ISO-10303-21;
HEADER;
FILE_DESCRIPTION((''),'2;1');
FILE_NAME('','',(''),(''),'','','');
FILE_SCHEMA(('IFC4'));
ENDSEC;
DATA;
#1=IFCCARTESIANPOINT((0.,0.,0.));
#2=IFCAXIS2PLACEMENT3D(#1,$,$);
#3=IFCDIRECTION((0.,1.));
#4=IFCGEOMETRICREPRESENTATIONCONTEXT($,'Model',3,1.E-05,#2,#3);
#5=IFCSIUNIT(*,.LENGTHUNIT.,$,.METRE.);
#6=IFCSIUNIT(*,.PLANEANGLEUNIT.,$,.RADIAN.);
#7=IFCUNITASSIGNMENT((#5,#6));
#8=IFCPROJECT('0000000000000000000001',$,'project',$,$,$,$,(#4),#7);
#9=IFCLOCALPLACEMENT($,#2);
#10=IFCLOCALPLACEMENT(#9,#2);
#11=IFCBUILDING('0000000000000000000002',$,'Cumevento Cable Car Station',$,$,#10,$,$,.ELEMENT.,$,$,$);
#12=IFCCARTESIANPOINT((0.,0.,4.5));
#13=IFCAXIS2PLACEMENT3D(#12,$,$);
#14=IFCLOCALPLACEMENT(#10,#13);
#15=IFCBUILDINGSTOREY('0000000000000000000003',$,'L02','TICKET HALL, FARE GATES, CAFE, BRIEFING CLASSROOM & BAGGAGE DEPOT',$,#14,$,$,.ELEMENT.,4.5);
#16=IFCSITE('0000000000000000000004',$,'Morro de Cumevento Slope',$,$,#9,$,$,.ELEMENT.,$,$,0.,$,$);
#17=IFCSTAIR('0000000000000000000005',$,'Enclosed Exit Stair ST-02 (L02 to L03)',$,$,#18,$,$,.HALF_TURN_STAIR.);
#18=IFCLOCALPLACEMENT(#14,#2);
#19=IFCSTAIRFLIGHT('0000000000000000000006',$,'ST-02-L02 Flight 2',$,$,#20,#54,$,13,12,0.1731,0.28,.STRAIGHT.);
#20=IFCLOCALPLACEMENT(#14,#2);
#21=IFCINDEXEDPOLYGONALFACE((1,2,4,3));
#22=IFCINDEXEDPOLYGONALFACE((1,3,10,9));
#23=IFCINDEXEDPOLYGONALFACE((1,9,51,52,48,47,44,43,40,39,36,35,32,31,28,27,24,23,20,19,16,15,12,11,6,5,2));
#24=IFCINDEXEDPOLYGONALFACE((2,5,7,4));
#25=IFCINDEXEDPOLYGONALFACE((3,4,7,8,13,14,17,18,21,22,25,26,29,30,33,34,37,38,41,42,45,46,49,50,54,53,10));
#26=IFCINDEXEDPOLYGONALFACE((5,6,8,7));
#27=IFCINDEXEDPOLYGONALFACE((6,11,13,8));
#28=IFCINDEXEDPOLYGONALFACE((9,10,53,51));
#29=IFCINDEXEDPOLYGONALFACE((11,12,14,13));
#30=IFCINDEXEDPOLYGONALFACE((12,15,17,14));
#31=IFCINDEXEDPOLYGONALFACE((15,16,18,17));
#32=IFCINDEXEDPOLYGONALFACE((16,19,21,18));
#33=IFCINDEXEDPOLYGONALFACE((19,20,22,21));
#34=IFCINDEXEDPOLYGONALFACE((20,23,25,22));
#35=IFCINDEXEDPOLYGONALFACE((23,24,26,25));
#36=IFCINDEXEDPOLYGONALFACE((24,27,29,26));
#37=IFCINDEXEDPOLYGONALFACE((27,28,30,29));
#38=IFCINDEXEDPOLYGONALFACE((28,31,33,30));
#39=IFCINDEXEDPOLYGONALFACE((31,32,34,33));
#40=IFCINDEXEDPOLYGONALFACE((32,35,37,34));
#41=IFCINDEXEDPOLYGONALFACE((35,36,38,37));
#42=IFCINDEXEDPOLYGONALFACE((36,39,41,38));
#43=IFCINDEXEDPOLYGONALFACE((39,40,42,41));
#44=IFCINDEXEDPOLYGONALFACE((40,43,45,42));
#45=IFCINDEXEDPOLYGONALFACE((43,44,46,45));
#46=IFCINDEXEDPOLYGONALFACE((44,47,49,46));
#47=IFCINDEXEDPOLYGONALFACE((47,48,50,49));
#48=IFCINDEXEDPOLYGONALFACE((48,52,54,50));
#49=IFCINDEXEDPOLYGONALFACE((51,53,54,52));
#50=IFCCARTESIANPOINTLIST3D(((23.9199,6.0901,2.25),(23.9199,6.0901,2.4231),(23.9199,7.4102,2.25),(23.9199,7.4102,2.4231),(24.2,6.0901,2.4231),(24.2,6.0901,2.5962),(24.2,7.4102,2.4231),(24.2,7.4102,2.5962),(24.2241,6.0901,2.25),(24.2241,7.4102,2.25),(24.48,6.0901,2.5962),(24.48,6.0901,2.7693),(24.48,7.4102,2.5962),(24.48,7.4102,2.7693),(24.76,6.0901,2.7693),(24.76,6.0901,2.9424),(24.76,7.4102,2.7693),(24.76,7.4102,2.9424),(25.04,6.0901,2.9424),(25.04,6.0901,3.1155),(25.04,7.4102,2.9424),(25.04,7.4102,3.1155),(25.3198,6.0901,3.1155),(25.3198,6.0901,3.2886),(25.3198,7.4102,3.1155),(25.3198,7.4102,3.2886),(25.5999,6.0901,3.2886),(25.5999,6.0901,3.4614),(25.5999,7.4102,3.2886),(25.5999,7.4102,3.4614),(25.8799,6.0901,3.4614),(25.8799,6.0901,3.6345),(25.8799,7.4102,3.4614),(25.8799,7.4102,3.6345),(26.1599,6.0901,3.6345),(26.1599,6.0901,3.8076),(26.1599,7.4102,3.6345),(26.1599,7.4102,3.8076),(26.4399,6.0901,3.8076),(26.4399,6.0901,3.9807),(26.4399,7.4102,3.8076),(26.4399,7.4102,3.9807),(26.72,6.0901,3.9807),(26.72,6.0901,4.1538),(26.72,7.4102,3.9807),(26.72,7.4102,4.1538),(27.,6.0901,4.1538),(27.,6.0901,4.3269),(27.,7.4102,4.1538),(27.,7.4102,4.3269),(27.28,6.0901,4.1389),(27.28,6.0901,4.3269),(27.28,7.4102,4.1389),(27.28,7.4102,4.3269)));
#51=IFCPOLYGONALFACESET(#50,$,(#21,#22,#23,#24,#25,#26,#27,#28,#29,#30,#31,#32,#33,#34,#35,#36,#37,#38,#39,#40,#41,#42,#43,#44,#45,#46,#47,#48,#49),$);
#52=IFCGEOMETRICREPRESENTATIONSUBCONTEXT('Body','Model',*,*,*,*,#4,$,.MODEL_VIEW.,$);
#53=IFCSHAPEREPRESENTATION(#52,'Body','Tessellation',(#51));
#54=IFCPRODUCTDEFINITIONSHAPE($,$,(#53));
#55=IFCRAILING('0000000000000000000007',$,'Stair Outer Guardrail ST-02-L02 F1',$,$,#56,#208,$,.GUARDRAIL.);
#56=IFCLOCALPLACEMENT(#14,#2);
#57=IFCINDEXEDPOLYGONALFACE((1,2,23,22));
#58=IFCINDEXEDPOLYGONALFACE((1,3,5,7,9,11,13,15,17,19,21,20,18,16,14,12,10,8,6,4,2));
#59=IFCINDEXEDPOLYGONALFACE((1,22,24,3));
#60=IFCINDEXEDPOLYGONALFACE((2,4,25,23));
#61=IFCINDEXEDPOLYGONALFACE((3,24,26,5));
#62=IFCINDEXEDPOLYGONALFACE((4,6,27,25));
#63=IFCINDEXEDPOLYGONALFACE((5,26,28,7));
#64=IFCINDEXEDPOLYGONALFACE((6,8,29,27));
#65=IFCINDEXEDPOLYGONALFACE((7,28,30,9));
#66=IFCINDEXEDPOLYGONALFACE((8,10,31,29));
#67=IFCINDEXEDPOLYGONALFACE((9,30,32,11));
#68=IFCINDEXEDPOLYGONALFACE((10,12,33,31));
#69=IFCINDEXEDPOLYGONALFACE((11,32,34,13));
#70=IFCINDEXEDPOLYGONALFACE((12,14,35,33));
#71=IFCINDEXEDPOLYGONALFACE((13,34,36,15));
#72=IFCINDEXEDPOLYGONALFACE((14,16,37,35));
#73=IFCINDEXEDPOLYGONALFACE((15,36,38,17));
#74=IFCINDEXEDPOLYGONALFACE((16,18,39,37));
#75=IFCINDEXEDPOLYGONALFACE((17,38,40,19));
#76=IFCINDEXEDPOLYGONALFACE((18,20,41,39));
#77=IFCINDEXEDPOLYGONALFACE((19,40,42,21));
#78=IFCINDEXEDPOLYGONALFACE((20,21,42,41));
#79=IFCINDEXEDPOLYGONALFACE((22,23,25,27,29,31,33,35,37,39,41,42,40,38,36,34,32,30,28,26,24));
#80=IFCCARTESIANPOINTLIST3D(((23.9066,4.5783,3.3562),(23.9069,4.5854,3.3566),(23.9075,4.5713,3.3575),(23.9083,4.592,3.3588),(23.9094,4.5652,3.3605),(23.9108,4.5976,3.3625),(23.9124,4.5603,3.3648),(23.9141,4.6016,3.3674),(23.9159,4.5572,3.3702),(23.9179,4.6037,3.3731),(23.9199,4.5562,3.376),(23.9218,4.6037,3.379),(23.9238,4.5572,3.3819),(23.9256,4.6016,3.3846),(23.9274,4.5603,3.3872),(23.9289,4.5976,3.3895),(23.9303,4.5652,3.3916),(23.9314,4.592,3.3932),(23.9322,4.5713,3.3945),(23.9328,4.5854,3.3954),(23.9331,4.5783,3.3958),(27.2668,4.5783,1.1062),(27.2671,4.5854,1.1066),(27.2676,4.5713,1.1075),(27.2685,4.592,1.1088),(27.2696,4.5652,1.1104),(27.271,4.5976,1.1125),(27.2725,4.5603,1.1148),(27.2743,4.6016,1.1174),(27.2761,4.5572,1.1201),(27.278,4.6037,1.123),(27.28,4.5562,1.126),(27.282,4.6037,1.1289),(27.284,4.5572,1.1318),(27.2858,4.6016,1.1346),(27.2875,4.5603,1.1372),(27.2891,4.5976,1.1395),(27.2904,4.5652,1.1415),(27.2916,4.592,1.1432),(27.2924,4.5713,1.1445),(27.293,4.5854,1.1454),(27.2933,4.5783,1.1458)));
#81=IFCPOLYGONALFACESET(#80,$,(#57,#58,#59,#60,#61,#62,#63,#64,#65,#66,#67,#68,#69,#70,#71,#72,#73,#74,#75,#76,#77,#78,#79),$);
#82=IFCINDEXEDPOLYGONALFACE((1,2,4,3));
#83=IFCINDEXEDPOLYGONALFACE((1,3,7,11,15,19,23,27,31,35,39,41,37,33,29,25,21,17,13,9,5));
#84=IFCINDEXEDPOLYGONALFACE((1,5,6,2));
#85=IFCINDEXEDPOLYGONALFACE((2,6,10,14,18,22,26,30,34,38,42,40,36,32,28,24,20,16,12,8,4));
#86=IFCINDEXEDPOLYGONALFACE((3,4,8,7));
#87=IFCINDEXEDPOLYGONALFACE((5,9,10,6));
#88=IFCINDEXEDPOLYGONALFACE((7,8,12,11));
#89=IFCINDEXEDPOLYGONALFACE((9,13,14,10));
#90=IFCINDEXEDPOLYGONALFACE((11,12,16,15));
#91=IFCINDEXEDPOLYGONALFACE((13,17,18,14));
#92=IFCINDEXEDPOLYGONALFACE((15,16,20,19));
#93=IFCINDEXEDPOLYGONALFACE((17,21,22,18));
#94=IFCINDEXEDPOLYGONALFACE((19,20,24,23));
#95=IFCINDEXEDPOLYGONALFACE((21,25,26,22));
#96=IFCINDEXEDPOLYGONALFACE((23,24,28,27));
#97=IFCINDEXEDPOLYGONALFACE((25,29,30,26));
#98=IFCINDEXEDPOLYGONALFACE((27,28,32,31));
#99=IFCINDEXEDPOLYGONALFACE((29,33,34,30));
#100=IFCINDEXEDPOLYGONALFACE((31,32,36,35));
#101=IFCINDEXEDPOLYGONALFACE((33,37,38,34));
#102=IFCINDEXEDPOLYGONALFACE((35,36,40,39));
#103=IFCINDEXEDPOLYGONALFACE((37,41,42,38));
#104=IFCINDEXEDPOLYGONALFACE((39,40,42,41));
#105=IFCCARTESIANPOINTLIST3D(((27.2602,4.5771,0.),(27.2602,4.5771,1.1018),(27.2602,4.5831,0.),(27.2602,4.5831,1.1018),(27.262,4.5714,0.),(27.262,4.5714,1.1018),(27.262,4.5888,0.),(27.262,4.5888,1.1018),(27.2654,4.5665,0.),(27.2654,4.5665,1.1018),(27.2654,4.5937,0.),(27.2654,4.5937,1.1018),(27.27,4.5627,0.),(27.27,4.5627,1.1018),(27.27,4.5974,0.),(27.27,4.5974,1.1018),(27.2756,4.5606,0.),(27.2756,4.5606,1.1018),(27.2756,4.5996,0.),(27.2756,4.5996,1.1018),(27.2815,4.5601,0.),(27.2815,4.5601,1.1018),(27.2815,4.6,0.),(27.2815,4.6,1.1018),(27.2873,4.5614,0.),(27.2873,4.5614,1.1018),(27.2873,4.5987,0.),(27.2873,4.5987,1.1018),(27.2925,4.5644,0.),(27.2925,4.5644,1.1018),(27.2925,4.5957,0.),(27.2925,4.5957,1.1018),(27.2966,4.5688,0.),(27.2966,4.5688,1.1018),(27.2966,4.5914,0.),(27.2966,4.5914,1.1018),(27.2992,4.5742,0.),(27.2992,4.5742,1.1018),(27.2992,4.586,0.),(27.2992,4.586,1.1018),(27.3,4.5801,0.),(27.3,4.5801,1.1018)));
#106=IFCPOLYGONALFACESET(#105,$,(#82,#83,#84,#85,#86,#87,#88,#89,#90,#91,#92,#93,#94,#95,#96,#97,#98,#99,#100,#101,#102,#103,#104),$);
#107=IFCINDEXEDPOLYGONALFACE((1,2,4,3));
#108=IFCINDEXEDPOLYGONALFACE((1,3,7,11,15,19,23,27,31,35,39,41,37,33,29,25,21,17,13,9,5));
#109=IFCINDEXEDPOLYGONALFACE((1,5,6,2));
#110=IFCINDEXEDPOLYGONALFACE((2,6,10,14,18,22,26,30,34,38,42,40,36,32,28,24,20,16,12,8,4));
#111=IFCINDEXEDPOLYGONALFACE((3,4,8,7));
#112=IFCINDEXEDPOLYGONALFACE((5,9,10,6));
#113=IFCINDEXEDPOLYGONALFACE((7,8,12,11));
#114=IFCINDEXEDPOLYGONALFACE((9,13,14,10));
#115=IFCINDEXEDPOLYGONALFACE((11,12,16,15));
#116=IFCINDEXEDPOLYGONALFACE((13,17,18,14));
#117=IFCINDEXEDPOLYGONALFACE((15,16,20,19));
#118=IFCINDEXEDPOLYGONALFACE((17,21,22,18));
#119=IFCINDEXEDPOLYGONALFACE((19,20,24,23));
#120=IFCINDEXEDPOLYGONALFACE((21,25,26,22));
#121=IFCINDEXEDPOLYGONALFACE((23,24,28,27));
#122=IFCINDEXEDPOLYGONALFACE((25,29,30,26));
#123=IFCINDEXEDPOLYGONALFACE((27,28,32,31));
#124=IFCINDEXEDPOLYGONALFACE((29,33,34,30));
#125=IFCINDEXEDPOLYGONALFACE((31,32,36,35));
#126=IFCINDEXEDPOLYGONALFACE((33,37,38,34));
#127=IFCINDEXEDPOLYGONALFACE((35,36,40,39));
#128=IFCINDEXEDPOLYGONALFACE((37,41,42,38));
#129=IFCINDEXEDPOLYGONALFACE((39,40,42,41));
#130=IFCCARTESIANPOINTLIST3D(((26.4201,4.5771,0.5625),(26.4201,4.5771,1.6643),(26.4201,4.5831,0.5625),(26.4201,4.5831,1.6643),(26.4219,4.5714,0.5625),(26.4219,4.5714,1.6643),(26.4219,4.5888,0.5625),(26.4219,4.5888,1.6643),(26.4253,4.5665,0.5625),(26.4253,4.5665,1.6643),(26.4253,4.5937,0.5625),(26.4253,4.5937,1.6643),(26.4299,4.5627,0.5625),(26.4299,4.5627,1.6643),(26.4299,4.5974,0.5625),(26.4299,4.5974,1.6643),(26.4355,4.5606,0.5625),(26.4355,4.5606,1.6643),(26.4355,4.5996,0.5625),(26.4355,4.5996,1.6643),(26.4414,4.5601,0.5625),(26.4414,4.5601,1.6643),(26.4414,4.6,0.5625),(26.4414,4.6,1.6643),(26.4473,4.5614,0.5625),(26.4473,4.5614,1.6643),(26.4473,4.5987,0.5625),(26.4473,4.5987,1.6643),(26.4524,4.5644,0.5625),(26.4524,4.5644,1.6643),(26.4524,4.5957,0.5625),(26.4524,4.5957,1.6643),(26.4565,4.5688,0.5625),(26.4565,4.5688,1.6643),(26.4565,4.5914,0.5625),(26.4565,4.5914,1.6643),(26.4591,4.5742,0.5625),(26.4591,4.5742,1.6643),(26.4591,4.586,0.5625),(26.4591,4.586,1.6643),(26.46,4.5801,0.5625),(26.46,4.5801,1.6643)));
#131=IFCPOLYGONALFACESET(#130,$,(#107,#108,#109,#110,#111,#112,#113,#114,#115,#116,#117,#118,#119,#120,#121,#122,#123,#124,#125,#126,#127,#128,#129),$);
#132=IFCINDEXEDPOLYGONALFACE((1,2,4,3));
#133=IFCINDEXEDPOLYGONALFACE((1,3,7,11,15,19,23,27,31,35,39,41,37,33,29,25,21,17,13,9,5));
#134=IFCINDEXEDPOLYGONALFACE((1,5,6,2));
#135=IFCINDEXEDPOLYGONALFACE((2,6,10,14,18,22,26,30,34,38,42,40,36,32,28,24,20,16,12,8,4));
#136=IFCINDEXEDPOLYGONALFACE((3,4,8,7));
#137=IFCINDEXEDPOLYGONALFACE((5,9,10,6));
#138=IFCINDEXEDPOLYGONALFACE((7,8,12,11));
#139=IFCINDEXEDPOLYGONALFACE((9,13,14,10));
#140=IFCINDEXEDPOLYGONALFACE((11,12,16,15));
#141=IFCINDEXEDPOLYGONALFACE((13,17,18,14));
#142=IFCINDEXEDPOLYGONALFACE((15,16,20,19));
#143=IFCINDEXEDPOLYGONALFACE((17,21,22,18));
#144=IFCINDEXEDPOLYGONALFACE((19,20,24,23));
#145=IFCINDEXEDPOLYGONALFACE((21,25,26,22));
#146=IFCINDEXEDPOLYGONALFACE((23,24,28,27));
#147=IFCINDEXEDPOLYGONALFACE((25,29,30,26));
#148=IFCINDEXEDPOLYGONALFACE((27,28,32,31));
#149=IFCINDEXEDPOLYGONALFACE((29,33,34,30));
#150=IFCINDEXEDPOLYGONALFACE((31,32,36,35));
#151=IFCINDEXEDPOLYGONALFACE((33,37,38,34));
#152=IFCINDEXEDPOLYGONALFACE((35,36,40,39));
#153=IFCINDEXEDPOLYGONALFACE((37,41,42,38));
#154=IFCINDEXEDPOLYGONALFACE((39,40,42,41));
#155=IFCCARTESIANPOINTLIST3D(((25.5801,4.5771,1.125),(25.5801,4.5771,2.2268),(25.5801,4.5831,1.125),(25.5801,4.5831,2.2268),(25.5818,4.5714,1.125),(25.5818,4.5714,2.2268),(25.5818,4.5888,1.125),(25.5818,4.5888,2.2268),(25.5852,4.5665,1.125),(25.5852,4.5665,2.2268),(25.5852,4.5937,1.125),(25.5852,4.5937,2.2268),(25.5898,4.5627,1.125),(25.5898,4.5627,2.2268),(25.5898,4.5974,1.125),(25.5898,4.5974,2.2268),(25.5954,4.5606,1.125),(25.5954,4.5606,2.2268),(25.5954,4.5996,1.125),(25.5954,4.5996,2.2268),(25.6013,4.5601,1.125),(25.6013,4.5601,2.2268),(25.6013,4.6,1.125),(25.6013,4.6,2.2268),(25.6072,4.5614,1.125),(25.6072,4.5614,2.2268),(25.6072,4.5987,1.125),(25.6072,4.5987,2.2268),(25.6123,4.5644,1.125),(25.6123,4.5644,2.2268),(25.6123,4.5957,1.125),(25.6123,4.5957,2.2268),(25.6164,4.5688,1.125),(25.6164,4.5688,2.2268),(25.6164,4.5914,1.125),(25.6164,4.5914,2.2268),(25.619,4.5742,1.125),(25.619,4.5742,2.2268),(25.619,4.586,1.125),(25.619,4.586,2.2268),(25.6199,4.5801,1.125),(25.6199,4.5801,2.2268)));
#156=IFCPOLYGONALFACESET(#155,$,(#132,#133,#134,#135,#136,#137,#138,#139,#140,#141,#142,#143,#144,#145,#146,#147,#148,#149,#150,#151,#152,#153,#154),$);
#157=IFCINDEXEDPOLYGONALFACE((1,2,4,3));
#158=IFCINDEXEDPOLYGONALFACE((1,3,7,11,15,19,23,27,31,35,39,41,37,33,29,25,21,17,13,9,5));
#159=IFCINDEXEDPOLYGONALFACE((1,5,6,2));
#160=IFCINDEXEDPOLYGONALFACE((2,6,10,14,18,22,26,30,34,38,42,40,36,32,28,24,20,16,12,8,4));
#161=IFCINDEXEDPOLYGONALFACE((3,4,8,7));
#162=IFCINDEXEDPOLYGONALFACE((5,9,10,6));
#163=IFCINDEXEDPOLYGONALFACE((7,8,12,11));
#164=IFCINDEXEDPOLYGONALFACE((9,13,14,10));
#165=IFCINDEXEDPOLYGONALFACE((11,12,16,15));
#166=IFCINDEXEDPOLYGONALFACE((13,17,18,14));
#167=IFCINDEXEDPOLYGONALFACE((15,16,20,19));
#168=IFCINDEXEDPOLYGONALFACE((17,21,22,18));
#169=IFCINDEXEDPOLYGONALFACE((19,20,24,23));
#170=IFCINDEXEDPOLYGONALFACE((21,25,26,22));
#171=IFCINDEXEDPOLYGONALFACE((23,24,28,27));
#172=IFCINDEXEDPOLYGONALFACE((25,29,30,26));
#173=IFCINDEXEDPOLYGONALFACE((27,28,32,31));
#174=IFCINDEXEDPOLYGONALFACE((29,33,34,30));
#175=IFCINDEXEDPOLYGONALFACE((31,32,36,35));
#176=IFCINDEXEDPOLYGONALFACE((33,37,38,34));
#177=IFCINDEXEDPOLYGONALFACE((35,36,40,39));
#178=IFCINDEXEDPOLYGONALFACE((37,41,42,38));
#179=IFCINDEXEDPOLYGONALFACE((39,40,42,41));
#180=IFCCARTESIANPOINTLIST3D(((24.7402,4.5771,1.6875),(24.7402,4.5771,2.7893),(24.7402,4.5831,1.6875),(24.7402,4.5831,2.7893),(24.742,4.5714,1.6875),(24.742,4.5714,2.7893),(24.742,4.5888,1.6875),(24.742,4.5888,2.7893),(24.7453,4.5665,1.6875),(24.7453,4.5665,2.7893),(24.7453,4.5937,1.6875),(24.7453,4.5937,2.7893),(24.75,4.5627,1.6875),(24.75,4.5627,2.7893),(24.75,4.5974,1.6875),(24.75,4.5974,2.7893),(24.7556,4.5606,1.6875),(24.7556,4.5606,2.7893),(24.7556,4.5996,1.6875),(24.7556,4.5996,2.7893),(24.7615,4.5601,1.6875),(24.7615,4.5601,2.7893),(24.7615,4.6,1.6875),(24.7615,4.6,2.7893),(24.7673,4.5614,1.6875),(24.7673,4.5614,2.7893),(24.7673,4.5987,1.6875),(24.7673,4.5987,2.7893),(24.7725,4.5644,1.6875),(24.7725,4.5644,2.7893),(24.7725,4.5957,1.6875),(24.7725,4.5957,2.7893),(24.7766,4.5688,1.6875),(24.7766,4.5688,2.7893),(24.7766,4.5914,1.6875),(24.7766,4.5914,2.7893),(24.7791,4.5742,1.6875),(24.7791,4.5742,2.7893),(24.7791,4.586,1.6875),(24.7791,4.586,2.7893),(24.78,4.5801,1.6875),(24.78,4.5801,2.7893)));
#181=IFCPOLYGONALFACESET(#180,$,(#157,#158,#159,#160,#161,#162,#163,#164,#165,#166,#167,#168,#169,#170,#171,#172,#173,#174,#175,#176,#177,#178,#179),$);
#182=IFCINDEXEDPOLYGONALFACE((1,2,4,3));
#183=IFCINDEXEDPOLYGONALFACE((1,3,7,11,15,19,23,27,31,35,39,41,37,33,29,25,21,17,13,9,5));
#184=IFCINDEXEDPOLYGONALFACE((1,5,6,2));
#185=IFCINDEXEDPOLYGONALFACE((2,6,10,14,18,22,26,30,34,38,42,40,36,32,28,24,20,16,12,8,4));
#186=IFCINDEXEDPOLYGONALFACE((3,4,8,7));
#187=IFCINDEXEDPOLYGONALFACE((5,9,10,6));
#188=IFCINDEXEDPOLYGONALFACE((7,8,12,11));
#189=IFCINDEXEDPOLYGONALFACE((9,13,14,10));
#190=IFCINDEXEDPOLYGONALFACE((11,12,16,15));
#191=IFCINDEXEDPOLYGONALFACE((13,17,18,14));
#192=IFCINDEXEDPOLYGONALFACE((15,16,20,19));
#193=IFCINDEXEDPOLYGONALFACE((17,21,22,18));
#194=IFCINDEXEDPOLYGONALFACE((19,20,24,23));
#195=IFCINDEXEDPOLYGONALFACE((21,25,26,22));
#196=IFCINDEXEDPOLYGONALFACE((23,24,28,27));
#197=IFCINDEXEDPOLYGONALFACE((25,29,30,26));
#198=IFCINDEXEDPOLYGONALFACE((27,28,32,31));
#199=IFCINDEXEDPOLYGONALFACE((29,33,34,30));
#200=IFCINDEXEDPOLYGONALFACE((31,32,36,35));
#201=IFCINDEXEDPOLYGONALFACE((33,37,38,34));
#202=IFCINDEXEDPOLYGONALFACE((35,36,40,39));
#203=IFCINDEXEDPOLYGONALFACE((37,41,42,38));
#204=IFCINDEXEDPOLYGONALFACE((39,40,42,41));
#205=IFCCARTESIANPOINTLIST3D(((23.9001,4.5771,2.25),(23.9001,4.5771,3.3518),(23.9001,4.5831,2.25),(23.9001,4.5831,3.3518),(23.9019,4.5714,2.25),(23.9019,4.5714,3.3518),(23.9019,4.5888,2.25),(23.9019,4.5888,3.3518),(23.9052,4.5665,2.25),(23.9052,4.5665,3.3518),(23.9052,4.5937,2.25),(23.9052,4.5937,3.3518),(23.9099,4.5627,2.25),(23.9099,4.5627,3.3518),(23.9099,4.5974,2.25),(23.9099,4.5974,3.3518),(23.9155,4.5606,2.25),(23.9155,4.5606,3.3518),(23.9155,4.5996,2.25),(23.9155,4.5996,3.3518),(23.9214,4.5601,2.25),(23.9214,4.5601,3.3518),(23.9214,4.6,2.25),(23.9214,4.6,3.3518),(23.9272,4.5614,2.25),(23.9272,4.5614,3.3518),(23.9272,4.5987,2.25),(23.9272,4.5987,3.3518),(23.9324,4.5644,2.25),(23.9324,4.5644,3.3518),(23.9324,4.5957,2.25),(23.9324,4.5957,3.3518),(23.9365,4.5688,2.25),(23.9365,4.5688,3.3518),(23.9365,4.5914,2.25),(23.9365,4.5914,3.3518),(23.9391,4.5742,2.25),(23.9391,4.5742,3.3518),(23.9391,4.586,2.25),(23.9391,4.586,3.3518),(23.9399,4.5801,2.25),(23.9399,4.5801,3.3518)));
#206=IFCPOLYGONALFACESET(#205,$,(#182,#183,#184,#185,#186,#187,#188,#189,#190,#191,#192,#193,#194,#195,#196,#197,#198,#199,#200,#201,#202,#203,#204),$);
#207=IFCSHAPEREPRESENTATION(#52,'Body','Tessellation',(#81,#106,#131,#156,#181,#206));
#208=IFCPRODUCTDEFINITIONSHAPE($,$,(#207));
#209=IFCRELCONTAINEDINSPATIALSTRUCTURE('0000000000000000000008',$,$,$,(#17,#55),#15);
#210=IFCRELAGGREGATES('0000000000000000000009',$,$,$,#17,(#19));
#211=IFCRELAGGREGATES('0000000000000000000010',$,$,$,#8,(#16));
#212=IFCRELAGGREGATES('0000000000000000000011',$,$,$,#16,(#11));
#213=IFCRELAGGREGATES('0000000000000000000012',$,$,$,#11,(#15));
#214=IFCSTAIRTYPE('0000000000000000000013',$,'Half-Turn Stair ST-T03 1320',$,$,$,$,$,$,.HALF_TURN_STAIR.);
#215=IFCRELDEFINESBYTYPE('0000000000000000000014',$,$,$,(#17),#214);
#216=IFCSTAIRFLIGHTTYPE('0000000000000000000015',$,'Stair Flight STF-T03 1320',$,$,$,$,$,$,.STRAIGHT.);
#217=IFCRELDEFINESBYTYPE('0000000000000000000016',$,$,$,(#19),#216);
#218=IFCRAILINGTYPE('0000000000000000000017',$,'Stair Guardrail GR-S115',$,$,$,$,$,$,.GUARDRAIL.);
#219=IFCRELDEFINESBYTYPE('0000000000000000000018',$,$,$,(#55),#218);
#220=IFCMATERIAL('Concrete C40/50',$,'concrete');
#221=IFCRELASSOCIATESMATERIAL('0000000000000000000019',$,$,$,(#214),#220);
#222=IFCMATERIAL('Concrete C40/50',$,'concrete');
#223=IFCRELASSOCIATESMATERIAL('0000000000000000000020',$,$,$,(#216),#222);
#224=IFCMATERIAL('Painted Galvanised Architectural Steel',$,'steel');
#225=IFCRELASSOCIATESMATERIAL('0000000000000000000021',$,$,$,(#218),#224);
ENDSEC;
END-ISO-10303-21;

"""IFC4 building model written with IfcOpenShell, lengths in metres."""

from ifc_helpers import new_model, si_unit, direction, frame, origin, origin_2d, place, context, subcontext, project, spatial, polyline, circle, outline, extrude, material, type_object, element, aggregate, save


model = new_model("IFC4")

# Units and contexts
model_context = context("Model", 3, precision=1e-05, world=origin(), true_north=direction((0.0, 1.0)))
body_context = subcontext(model_context, "Body", "Model", "MODEL_VIEW")
ifc_project = project(units=[si_unit("LENGTHUNIT", "METRE"), si_unit("PLANEANGLEUNIT", "RADIAN")], contexts=[model_context])

# Site, building, storey
site_placement = place(None, origin())
site = spatial("IfcSite", under=ifc_project, at=site_placement, Name="Morro de Cumevento Slope", CompositionType="ELEMENT", RefElevation=0.0)
building_placement = place(site_placement, origin())
building = spatial("IfcBuilding", under=site, at=building_placement, Name="Cumevento Cable Car Station", CompositionType="ELEMENT")
storey_placement = place(building_placement, frame((0.0, 0.0, 4.5)))
storey = spatial("IfcBuildingStorey", under=building, at=storey_placement, Name="L02", Description="TICKET HALL, FARE GATES, CAFE, BRIEFING CLASSROOM & BAGGAGE DEPOT", CompositionType="ELEMENT", Elevation=4.5)

# Stair, stair flight
ifc_material_1 = material(Name="Concrete C40/50", Category="concrete")
stair_type = type_object("IfcStairType", Name="Half-Turn Stair ST-T03 1320", PredefinedType="HALF_TURN_STAIR", material=ifc_material_1)
stair_placement = place(storey_placement, origin())
stair = element("IfcStair", 1, at=stair_placement, inside=storey, type_object=stair_type, Name="Enclosed Exit Stair ST-02 (L02 to L03)", PredefinedType="HALF_TURN_STAIR")
ifc_material_2 = material(Name="Concrete C40/50", Category="concrete")
stair_flight_type = type_object("IfcStairFlightType", Name="Stair Flight STF-T03 1320", PredefinedType="STRAIGHT", material=ifc_material_2)
stair_flight_1_placement = place(storey_placement, frame((23.9199, 6.75, 2.25), z_axis=(0.0, 0.0, 1.0), x_axis=(1.0, 0.0, 0.0)))
stair_flight_1 = element("IfcStairFlight", 2, at=stair_flight_1_placement, type_object=stair_flight_type, Name="ST-02-L02 Flight 2", NumberOfRisers=13, NumberOfTreads=12, PredefinedType="STRAIGHT", RiserHeight=0.1731, TreadLength=0.28, context=body_context, shape_type="SweptSolid", body=[
    extrude(outline(polyline([(0.0, 0.0), (0.0, 0.1731), (0.28, 0.1731), (0.28, 0.3462), (0.5601, 0.3462), (0.5601, 0.5193), (0.8401, 0.5193), (0.8401, 0.6924), (1.1201, 0.6924), (1.1201, 0.8655), (1.3999, 0.8655), (1.3999, 1.0386), (1.6799, 1.0386), (1.6799, 1.2114), (1.96, 1.2114), (1.96, 1.3845), (2.24, 1.3845), (2.24, 1.5576), (2.52, 1.5576), (2.52, 1.7307), (2.8, 1.7307), (2.8, 1.9038), (3.0801, 1.9038), (3.0801, 2.0769), (3.3601, 2.0769), (3.3601, 2.25), (3.3601, 1.8889), (0.3042, 0.0), (0.0, 0.0)])), frame((0.0, 0.6602, 0.0), z_axis=(0.0, -1.0, 0.0), x_axis=(1.0, 0.0, 0.0)), (0.0, 0.0, 1.0), 1.3201),
])
aggregate(stair, [stair_flight_1])

# Railing
ifc_material_3 = material(Name="Painted Galvanised Architectural Steel", Category="steel")
railing_type_1 = type_object("IfcRailingType", Name="Stair Guardrail GR-S115", PredefinedType="GUARDRAIL", material=ifc_material_3)
railing_1_placement = place(storey_placement, frame((27.28, 4.5801, 0.0)))
element("IfcRailing", 3, at=railing_1_placement, inside=storey, type_object=railing_type_1, Name="Stair Outer Guardrail ST-02-L02 F1", PredefinedType="GUARDRAIL", context=body_context, shape_type="SweptSolid", body=[
    extrude(circle(Radius=0.0239, at=origin_2d()), frame((0.0, 0.0, 1.126), z_axis=(-0.830915, 0.0, 0.556399), x_axis=(0.0, -1.0, 0.0)), (0.0, 0.0, 1.0), 4.0439),
    extrude(circle(Radius=0.02, at=origin_2d()), origin(), (0.0, 0.0, 1.0), 1.1018),
    extrude(circle(Radius=0.02, at=origin_2d()), frame((-0.8401, 0.0, 0.5625)), (0.0, 0.0, 1.0), 1.1018),
    extrude(circle(Radius=0.02, at=origin_2d()), frame((-1.6802, 0.0, 1.125)), (0.0, 0.0, 1.0), 1.1018),
    extrude(circle(Radius=0.02, at=origin_2d()), frame((-2.52, 0.0, 1.6875)), (0.0, 0.0, 1.0), 1.1018),
    extrude(circle(Radius=0.02, at=origin_2d()), frame((-3.3601, 0.0, 2.25)), (0.0, 0.0, 1.0), 1.1018),
])

save(model, "model.ifc")
